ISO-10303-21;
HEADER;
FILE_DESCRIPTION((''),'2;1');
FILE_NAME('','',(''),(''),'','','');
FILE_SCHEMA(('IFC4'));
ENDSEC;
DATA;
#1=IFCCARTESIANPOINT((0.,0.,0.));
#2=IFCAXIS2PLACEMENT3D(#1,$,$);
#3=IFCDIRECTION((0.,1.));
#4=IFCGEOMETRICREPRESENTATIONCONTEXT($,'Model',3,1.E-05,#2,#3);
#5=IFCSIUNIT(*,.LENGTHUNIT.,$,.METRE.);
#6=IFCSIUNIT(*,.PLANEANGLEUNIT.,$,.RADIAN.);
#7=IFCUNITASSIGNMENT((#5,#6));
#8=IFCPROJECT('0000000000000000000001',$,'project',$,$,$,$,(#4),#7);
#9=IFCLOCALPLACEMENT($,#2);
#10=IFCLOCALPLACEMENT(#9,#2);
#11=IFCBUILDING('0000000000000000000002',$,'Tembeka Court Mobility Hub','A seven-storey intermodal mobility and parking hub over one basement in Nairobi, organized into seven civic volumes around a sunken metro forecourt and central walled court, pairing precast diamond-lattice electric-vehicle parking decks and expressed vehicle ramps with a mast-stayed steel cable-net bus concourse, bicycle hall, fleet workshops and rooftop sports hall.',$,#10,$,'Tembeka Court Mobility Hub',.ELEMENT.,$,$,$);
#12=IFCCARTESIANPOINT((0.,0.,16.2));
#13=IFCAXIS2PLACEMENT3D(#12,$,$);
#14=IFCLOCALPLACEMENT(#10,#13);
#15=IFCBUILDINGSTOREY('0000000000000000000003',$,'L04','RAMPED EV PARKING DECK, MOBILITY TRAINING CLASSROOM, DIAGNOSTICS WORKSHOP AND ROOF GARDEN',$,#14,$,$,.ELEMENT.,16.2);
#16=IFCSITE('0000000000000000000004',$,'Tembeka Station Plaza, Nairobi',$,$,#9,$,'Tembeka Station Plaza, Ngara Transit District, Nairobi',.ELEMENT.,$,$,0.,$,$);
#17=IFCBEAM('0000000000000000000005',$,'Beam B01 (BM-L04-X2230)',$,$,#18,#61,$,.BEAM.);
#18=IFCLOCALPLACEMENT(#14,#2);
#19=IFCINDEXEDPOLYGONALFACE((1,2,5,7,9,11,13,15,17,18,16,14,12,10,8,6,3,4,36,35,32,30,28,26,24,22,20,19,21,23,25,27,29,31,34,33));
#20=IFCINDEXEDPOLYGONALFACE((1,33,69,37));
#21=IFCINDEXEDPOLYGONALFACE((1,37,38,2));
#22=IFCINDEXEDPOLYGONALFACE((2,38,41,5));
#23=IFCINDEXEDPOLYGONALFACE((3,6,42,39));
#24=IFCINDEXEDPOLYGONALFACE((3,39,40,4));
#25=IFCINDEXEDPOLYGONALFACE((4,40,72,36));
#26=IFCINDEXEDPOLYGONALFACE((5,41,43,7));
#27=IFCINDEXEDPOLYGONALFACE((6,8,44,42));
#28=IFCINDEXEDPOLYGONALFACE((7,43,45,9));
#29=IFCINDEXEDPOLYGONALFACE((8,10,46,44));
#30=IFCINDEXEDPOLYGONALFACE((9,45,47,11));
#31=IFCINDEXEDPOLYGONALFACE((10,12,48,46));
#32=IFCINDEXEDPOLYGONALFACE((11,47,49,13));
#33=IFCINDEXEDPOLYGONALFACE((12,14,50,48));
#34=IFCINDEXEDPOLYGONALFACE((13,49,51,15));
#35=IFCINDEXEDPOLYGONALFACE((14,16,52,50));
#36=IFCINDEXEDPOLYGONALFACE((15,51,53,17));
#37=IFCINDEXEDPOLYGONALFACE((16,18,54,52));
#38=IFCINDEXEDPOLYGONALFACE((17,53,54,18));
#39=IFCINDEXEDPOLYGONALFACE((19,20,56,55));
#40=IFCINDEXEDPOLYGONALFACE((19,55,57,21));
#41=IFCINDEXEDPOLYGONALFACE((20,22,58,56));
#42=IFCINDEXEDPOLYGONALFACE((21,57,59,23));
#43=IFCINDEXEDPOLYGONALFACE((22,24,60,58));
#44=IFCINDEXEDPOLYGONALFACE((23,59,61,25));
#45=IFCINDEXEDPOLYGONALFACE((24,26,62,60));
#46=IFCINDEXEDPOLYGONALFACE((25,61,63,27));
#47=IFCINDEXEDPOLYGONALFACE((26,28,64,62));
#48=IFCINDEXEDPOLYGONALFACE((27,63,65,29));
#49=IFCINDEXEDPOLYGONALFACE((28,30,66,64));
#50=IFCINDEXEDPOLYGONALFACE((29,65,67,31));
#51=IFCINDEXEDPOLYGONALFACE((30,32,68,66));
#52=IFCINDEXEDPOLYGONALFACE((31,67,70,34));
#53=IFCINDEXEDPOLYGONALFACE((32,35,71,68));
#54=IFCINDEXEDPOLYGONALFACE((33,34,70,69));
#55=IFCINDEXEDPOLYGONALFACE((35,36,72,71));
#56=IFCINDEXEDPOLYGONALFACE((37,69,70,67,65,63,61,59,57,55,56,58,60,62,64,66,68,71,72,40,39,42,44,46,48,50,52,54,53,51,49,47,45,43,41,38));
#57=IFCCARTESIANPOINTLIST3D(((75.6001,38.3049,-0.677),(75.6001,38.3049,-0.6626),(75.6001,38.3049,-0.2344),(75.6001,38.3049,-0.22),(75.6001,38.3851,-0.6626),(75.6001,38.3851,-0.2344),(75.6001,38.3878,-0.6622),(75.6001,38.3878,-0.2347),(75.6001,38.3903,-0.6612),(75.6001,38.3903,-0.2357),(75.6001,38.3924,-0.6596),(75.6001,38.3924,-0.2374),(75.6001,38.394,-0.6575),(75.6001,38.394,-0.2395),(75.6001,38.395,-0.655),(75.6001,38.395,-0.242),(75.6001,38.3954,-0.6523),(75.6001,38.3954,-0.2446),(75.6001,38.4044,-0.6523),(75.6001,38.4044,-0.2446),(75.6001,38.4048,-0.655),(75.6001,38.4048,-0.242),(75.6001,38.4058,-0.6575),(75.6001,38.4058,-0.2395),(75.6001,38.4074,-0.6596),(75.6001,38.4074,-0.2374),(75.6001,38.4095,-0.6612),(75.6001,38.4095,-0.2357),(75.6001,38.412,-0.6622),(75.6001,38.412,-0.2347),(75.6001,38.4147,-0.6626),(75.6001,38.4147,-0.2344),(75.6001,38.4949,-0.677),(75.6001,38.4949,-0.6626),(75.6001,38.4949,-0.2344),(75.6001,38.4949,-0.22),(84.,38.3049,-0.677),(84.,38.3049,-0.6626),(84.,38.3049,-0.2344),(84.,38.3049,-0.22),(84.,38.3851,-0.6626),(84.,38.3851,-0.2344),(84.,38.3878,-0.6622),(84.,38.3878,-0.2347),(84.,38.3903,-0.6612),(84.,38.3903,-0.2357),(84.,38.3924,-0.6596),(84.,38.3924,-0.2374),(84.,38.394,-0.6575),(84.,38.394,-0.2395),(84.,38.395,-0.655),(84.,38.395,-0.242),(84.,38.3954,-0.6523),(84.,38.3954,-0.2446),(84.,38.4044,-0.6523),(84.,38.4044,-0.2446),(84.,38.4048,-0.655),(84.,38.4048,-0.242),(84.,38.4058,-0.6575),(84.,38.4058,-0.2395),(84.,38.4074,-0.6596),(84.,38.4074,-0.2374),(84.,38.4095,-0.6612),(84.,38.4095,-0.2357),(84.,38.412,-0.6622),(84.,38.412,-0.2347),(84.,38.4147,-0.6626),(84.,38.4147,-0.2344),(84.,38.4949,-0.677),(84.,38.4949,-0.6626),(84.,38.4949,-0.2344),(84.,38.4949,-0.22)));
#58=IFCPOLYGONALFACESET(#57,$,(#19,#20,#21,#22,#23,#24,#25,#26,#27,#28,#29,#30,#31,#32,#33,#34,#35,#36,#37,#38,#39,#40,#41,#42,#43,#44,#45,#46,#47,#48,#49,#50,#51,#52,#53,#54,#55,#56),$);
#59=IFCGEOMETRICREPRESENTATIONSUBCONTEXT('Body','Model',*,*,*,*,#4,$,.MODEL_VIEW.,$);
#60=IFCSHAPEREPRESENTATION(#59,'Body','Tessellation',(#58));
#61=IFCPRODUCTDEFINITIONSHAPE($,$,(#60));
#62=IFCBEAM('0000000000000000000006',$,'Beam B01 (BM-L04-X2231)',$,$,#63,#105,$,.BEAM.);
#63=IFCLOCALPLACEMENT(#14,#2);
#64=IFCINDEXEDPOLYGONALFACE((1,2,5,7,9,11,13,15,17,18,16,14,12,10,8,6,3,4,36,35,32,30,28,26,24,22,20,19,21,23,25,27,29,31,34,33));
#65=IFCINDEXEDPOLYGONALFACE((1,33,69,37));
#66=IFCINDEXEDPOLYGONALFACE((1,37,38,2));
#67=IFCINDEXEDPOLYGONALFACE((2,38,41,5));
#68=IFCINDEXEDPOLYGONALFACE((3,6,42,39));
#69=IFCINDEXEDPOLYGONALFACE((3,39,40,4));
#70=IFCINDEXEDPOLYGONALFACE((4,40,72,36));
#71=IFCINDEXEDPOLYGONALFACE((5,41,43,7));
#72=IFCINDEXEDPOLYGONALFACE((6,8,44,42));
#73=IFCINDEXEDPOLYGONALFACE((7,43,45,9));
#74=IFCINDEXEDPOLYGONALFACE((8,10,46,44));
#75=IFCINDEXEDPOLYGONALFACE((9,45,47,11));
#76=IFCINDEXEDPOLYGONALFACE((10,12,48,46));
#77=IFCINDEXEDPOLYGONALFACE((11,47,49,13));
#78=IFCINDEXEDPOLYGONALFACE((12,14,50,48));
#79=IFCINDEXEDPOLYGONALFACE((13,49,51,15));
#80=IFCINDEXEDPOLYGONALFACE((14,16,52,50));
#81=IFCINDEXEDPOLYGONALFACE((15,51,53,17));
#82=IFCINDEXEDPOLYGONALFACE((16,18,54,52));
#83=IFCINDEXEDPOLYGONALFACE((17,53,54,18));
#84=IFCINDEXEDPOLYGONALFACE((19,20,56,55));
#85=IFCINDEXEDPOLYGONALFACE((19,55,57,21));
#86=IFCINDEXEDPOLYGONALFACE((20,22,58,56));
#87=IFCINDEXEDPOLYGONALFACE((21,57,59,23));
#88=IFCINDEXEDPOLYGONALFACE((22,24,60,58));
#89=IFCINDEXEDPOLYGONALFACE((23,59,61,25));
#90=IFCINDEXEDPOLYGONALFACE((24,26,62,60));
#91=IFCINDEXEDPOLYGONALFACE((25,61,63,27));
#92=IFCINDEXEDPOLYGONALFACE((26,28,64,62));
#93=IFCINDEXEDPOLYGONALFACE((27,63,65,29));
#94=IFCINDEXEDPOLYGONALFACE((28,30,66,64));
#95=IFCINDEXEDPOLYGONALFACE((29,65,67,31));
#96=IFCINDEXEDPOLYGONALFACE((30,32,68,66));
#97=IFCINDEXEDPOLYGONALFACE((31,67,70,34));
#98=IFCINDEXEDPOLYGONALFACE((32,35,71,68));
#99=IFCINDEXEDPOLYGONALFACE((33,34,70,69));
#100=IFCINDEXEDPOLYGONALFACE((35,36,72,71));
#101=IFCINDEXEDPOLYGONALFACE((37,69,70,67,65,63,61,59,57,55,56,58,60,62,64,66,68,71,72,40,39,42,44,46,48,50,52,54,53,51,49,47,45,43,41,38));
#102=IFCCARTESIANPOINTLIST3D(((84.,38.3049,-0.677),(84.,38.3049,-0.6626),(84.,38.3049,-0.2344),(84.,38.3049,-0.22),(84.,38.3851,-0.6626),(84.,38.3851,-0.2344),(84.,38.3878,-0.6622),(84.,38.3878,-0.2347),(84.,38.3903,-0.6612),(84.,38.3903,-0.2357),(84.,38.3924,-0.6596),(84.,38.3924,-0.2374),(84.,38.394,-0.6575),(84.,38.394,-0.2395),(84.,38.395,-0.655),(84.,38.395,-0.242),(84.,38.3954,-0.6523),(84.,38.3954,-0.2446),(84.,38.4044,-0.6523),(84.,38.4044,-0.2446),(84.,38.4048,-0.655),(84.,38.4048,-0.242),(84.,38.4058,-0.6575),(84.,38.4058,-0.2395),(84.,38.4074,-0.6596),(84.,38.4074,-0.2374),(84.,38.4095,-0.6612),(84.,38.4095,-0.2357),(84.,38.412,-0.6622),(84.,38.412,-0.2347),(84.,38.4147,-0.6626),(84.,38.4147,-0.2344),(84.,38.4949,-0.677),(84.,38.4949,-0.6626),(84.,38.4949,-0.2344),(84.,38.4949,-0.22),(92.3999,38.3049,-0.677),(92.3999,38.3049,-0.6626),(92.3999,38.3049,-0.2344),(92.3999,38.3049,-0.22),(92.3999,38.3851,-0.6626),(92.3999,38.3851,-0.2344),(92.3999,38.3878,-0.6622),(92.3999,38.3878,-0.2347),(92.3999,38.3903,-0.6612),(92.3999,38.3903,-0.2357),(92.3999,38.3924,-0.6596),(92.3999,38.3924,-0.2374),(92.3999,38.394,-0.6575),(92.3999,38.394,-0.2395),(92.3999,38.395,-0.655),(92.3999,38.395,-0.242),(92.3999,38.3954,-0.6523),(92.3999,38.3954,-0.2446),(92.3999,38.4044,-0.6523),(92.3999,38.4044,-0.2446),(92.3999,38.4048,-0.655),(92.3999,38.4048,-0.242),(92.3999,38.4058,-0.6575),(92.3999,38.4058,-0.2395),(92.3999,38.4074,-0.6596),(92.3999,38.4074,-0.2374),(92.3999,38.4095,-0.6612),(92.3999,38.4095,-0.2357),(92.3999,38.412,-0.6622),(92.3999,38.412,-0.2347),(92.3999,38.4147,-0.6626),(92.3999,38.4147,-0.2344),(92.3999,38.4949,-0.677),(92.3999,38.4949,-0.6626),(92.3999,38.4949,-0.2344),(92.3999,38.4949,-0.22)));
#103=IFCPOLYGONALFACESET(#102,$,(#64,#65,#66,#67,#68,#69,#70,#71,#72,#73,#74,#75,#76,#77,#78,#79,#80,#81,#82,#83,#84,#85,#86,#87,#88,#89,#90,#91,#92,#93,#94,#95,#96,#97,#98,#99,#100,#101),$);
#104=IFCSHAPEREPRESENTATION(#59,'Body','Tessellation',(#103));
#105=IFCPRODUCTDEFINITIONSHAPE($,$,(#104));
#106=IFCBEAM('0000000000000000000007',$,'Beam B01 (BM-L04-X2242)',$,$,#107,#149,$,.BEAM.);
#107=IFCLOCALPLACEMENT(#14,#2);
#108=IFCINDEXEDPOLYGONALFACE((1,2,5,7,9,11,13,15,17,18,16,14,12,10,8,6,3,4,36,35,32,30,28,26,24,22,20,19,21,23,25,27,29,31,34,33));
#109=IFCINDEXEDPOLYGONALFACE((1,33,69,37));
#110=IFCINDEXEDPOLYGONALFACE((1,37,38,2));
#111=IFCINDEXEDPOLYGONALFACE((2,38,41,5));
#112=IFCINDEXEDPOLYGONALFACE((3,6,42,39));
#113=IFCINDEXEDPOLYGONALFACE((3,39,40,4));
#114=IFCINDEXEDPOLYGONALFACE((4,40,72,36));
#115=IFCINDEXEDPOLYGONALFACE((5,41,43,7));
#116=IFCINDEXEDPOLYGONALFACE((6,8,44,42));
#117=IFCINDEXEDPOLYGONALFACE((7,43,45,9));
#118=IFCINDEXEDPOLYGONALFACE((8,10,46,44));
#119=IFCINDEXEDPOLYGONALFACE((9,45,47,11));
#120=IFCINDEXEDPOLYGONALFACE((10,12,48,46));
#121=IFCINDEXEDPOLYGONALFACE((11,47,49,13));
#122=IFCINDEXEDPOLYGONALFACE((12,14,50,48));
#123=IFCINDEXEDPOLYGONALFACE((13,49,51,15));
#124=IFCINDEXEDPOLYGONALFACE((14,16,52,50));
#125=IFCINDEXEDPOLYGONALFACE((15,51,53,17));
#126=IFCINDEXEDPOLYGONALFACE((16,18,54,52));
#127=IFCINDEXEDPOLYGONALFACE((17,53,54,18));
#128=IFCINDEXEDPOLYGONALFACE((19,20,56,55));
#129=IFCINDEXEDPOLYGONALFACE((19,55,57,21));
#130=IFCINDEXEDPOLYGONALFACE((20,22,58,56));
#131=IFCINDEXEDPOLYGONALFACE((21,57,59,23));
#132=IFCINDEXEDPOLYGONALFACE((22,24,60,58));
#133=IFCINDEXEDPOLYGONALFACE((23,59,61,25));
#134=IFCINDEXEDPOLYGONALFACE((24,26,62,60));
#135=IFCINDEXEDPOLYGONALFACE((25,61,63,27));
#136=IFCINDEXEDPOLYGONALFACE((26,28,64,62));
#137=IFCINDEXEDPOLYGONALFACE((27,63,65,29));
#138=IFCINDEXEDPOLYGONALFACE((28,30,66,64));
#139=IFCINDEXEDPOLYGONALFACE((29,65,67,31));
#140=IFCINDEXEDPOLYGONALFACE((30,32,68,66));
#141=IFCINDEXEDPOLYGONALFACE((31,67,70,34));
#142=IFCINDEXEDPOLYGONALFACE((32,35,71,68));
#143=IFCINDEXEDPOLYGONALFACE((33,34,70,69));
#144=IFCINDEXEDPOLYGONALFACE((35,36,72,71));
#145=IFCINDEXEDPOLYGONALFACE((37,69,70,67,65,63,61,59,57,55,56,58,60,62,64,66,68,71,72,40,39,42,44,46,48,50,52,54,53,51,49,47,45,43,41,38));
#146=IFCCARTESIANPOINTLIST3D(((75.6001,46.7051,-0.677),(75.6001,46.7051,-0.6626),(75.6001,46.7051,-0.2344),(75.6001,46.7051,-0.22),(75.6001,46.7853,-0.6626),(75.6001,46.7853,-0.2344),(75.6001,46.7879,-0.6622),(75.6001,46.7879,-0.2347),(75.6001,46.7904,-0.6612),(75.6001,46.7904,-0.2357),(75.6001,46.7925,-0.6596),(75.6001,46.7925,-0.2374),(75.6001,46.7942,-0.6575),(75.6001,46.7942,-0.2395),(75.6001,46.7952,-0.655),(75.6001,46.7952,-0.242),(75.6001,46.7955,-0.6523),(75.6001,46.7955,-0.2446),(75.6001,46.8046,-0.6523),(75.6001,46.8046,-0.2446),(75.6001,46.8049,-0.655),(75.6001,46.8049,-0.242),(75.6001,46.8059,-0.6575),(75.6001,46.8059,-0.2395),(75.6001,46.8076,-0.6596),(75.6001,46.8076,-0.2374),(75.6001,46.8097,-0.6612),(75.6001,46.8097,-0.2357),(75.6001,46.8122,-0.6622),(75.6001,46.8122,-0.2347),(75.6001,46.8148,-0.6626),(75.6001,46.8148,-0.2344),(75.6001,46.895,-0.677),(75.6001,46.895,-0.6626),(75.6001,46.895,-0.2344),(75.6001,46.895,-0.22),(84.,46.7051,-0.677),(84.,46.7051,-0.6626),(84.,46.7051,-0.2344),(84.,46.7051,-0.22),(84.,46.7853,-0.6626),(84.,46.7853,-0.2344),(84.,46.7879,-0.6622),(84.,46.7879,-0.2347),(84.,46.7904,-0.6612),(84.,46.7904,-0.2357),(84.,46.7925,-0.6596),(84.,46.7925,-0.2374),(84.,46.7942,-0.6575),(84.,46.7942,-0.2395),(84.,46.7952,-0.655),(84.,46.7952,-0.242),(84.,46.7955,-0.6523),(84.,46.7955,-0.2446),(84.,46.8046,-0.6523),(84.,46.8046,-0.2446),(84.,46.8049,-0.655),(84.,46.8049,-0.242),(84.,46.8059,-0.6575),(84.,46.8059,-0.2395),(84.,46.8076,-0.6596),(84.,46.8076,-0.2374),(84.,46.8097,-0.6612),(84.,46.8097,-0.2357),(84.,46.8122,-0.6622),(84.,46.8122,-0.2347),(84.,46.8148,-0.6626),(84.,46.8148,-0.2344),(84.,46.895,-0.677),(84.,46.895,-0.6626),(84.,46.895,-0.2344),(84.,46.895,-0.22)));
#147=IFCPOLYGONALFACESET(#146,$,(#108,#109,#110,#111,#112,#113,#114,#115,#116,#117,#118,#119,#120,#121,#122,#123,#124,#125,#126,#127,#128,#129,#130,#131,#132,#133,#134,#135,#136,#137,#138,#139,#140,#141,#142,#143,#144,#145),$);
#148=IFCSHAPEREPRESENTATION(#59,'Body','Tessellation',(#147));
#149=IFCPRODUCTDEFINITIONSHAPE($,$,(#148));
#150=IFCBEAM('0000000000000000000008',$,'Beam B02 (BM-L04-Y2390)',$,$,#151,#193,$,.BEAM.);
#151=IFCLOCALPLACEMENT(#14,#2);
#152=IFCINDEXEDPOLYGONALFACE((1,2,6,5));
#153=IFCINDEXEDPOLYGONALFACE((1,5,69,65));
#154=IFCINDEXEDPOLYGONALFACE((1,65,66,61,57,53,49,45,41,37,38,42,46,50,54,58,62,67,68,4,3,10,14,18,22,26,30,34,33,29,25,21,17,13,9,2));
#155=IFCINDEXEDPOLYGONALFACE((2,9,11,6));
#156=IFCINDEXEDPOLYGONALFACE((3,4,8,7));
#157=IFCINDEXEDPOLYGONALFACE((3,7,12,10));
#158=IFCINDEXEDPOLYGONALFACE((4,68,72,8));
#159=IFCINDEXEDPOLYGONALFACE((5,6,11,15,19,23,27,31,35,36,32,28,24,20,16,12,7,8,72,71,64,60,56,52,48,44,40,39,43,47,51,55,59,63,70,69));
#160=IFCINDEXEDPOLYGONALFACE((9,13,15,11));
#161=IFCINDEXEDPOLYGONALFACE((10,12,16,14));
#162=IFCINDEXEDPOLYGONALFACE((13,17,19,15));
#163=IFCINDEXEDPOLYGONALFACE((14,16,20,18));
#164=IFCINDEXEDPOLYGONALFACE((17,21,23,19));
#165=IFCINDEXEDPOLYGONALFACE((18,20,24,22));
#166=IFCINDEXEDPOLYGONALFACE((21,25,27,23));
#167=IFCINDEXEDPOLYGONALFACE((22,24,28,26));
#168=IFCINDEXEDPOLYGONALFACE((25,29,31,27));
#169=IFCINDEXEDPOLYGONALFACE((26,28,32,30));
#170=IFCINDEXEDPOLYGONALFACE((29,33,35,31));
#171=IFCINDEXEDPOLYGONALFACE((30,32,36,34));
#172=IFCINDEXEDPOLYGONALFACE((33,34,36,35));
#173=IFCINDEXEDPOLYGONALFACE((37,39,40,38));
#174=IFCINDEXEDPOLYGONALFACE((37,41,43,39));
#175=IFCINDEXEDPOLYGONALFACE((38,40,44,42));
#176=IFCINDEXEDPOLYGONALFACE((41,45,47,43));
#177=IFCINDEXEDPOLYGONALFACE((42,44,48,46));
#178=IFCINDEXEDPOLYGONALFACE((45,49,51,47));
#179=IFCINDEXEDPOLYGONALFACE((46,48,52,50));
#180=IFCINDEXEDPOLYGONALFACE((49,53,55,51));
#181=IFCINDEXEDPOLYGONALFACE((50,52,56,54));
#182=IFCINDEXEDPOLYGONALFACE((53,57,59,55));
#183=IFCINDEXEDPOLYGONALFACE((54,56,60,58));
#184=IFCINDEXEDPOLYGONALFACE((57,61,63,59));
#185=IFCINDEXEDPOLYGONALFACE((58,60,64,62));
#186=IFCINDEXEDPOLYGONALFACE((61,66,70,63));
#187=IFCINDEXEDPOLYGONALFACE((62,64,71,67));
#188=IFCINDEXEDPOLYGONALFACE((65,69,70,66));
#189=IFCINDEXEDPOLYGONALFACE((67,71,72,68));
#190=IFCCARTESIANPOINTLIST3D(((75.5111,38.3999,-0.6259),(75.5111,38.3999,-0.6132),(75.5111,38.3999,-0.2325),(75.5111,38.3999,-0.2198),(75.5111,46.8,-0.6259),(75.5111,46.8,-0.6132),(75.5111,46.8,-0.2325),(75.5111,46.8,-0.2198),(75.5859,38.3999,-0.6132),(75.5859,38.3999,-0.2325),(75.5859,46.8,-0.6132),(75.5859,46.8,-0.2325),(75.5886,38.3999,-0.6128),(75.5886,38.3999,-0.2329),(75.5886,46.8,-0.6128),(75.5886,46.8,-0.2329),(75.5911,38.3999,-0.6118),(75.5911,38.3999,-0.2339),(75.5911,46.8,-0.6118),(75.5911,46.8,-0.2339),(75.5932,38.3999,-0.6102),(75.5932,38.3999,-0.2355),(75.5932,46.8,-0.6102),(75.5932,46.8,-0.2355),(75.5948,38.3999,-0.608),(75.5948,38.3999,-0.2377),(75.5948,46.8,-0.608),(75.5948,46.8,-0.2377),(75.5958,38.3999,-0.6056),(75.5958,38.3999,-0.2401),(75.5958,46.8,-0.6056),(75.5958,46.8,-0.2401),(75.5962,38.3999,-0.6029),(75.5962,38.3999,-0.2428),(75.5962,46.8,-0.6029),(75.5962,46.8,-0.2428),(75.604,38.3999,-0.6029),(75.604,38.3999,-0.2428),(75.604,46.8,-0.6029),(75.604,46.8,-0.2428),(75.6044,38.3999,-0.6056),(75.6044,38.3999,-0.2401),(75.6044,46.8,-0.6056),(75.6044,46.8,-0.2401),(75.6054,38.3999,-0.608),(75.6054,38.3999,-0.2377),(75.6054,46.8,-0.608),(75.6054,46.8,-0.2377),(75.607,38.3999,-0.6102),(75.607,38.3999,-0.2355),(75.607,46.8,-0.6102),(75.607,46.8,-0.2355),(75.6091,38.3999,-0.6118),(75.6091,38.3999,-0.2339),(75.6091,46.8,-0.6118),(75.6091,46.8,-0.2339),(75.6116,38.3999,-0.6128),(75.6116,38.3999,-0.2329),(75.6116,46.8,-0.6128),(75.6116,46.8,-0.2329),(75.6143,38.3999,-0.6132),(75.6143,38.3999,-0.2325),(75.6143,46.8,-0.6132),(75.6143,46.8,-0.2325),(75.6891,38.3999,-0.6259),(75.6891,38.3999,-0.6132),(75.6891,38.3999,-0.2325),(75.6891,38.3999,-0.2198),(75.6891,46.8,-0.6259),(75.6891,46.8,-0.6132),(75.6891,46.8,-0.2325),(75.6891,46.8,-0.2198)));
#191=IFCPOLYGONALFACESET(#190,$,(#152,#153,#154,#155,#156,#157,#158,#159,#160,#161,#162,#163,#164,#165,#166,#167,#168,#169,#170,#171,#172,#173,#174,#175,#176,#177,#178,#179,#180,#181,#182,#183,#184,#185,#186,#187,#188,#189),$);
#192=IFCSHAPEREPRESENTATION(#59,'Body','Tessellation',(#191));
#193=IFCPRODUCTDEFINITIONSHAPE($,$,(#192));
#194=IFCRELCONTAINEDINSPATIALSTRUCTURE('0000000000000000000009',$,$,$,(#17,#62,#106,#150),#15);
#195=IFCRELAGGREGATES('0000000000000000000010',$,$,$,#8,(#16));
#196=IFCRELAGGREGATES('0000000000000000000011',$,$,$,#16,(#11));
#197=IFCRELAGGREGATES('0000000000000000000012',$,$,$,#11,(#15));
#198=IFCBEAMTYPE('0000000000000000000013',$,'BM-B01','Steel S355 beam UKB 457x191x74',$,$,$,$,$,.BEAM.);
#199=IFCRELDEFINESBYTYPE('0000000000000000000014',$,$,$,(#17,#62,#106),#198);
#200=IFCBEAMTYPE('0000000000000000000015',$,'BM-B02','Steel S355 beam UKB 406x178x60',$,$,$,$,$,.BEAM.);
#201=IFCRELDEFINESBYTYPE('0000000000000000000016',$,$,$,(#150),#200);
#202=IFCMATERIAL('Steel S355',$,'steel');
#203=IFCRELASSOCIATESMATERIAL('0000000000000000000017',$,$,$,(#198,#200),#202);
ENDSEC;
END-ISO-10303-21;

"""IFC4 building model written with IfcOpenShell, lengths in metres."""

from ifc_helpers import new_model, si_unit, direction, frame, origin, origin_2d, place, context, subcontext, project, spatial, i_section, extrude, material, material_profile, profile_set, type_object, element, save


model = new_model("IFC4")

# Units and contexts
model_context = context("Model", 3, precision=1e-05, world=origin(), true_north=direction((0.0, 1.0)))
body_context = subcontext(model_context, "Body", "Model", "MODEL_VIEW")
ifc_project = project(units=[si_unit("LENGTHUNIT", "METRE"), si_unit("PLANEANGLEUNIT", "RADIAN")], contexts=[model_context])

# Site, building, storey
site_placement = place(None, origin())
site = spatial("IfcSite", under=ifc_project, at=site_placement, Name="Tembeka Station Plaza, Nairobi", LongName="Tembeka Station Plaza, Ngara Transit District, Nairobi", CompositionType="ELEMENT", RefElevation=0.0)
building_placement = place(site_placement, origin())
building = spatial("IfcBuilding", under=site, at=building_placement, Name="Tembeka Court Mobility Hub", Description="A seven-storey intermodal mobility and parking hub over one basement in Nairobi, organized into seven civic volumes around a sunken metro forecourt and central walled court, pairing precast diamond-lattice electric-vehicle parking decks and expressed vehicle ramps with a mast-stayed steel cable-net bus concourse, bicycle hall, fleet workshops and rooftop sports hall.", LongName="Tembeka Court Mobility Hub", CompositionType="ELEMENT")
storey_placement = place(building_placement, frame((0.0, 0.0, 16.2)))
storey = spatial("IfcBuildingStorey", under=building, at=storey_placement, Name="L04", Description="RAMPED EV PARKING DECK, MOBILITY TRAINING CLASSROOM, DIAGNOSTICS WORKSHOP AND ROOF GARDEN", CompositionType="ELEMENT", Elevation=16.2)

# Shared definitions
ifc_material_1 = material(Name="Steel S355", Category="steel")

# Beams
ifc_material_profile_1 = material_profile(ifc_material_1, i_section(OverallWidth=0.1899, OverallDepth=0.457, WebThickness=0.009, FlangeThickness=0.0144, FilletRadius=0.0103, at=origin_2d()), Name="UKB 457x191x74")
ifc_profile_set_1 = profile_set([ifc_material_profile_1], Name="Steel S355")
beam_type_1 = type_object("IfcBeamType", Name="BM-B01", Description="Steel S355 beam UKB 457x191x74", PredefinedType="BEAM", material=ifc_profile_set_1)
for number, where, z_axis, x_axis, name in (
    (1, (75.6001, 38.3999, -0.4485), (1.0, 0.0, 0.0), (0.0, 1.0, 0.0), "Beam B01 (BM-L04-X2230)"),
    (2, (84.0, 38.3999, -0.4485), (1.0, 0.0, 0.0), (0.0, 1.0, 0.0), "Beam B01 (BM-L04-X2231)"),
    (3, (75.6001, 46.8, -0.4485), (1.0, 0.0, 0.0), (0.0, 1.0, 0.0), "Beam B01 (BM-L04-X2242)"),
):
    element("IfcBeam", number, at=place(storey_placement, frame(where, z_axis=z_axis, x_axis=x_axis)), inside=storey, type_object=beam_type_1, Name=name, PredefinedType="BEAM", context=body_context, shape_type="SweptSolid", body=[
        extrude(i_section(OverallWidth=0.1899, OverallDepth=0.457, WebThickness=0.009, FlangeThickness=0.0144, FilletRadius=0.0103, at=origin_2d()), origin(), (0.0, 0.0, 1.0), 8.3999),
    ])
ifc_material_profile_2 = material_profile(ifc_material_1, i_section(OverallWidth=0.178, OverallDepth=0.406, WebThickness=0.0078, FlangeThickness=0.0127, FilletRadius=0.0103, at=origin_2d()), Name="UKB 406x178x60")
ifc_profile_set_2 = profile_set([ifc_material_profile_2], Name="Steel S355")
beam_type_2 = type_object("IfcBeamType", Name="BM-B02", Description="Steel S355 beam UKB 406x178x60", PredefinedType="BEAM", material=ifc_profile_set_2)
beam_1_placement = place(storey_placement, frame((75.6001, 38.3999, -0.4229), z_axis=(0.0, 1.0, 0.0), x_axis=(-1.0, 0.0, 0.0)))
element("IfcBeam", 4, at=beam_1_placement, inside=storey, type_object=beam_type_2, Name="Beam B02 (BM-L04-Y2390)", PredefinedType="BEAM", context=body_context, shape_type="SweptSolid", body=[
    extrude(i_section(OverallWidth=0.178, OverallDepth=0.406, WebThickness=0.0078, FlangeThickness=0.0127, FilletRadius=0.0103, at=origin_2d()), origin(), (0.0, 0.0, 1.0), 8.4001),
])

save(model, "model.ifc")
